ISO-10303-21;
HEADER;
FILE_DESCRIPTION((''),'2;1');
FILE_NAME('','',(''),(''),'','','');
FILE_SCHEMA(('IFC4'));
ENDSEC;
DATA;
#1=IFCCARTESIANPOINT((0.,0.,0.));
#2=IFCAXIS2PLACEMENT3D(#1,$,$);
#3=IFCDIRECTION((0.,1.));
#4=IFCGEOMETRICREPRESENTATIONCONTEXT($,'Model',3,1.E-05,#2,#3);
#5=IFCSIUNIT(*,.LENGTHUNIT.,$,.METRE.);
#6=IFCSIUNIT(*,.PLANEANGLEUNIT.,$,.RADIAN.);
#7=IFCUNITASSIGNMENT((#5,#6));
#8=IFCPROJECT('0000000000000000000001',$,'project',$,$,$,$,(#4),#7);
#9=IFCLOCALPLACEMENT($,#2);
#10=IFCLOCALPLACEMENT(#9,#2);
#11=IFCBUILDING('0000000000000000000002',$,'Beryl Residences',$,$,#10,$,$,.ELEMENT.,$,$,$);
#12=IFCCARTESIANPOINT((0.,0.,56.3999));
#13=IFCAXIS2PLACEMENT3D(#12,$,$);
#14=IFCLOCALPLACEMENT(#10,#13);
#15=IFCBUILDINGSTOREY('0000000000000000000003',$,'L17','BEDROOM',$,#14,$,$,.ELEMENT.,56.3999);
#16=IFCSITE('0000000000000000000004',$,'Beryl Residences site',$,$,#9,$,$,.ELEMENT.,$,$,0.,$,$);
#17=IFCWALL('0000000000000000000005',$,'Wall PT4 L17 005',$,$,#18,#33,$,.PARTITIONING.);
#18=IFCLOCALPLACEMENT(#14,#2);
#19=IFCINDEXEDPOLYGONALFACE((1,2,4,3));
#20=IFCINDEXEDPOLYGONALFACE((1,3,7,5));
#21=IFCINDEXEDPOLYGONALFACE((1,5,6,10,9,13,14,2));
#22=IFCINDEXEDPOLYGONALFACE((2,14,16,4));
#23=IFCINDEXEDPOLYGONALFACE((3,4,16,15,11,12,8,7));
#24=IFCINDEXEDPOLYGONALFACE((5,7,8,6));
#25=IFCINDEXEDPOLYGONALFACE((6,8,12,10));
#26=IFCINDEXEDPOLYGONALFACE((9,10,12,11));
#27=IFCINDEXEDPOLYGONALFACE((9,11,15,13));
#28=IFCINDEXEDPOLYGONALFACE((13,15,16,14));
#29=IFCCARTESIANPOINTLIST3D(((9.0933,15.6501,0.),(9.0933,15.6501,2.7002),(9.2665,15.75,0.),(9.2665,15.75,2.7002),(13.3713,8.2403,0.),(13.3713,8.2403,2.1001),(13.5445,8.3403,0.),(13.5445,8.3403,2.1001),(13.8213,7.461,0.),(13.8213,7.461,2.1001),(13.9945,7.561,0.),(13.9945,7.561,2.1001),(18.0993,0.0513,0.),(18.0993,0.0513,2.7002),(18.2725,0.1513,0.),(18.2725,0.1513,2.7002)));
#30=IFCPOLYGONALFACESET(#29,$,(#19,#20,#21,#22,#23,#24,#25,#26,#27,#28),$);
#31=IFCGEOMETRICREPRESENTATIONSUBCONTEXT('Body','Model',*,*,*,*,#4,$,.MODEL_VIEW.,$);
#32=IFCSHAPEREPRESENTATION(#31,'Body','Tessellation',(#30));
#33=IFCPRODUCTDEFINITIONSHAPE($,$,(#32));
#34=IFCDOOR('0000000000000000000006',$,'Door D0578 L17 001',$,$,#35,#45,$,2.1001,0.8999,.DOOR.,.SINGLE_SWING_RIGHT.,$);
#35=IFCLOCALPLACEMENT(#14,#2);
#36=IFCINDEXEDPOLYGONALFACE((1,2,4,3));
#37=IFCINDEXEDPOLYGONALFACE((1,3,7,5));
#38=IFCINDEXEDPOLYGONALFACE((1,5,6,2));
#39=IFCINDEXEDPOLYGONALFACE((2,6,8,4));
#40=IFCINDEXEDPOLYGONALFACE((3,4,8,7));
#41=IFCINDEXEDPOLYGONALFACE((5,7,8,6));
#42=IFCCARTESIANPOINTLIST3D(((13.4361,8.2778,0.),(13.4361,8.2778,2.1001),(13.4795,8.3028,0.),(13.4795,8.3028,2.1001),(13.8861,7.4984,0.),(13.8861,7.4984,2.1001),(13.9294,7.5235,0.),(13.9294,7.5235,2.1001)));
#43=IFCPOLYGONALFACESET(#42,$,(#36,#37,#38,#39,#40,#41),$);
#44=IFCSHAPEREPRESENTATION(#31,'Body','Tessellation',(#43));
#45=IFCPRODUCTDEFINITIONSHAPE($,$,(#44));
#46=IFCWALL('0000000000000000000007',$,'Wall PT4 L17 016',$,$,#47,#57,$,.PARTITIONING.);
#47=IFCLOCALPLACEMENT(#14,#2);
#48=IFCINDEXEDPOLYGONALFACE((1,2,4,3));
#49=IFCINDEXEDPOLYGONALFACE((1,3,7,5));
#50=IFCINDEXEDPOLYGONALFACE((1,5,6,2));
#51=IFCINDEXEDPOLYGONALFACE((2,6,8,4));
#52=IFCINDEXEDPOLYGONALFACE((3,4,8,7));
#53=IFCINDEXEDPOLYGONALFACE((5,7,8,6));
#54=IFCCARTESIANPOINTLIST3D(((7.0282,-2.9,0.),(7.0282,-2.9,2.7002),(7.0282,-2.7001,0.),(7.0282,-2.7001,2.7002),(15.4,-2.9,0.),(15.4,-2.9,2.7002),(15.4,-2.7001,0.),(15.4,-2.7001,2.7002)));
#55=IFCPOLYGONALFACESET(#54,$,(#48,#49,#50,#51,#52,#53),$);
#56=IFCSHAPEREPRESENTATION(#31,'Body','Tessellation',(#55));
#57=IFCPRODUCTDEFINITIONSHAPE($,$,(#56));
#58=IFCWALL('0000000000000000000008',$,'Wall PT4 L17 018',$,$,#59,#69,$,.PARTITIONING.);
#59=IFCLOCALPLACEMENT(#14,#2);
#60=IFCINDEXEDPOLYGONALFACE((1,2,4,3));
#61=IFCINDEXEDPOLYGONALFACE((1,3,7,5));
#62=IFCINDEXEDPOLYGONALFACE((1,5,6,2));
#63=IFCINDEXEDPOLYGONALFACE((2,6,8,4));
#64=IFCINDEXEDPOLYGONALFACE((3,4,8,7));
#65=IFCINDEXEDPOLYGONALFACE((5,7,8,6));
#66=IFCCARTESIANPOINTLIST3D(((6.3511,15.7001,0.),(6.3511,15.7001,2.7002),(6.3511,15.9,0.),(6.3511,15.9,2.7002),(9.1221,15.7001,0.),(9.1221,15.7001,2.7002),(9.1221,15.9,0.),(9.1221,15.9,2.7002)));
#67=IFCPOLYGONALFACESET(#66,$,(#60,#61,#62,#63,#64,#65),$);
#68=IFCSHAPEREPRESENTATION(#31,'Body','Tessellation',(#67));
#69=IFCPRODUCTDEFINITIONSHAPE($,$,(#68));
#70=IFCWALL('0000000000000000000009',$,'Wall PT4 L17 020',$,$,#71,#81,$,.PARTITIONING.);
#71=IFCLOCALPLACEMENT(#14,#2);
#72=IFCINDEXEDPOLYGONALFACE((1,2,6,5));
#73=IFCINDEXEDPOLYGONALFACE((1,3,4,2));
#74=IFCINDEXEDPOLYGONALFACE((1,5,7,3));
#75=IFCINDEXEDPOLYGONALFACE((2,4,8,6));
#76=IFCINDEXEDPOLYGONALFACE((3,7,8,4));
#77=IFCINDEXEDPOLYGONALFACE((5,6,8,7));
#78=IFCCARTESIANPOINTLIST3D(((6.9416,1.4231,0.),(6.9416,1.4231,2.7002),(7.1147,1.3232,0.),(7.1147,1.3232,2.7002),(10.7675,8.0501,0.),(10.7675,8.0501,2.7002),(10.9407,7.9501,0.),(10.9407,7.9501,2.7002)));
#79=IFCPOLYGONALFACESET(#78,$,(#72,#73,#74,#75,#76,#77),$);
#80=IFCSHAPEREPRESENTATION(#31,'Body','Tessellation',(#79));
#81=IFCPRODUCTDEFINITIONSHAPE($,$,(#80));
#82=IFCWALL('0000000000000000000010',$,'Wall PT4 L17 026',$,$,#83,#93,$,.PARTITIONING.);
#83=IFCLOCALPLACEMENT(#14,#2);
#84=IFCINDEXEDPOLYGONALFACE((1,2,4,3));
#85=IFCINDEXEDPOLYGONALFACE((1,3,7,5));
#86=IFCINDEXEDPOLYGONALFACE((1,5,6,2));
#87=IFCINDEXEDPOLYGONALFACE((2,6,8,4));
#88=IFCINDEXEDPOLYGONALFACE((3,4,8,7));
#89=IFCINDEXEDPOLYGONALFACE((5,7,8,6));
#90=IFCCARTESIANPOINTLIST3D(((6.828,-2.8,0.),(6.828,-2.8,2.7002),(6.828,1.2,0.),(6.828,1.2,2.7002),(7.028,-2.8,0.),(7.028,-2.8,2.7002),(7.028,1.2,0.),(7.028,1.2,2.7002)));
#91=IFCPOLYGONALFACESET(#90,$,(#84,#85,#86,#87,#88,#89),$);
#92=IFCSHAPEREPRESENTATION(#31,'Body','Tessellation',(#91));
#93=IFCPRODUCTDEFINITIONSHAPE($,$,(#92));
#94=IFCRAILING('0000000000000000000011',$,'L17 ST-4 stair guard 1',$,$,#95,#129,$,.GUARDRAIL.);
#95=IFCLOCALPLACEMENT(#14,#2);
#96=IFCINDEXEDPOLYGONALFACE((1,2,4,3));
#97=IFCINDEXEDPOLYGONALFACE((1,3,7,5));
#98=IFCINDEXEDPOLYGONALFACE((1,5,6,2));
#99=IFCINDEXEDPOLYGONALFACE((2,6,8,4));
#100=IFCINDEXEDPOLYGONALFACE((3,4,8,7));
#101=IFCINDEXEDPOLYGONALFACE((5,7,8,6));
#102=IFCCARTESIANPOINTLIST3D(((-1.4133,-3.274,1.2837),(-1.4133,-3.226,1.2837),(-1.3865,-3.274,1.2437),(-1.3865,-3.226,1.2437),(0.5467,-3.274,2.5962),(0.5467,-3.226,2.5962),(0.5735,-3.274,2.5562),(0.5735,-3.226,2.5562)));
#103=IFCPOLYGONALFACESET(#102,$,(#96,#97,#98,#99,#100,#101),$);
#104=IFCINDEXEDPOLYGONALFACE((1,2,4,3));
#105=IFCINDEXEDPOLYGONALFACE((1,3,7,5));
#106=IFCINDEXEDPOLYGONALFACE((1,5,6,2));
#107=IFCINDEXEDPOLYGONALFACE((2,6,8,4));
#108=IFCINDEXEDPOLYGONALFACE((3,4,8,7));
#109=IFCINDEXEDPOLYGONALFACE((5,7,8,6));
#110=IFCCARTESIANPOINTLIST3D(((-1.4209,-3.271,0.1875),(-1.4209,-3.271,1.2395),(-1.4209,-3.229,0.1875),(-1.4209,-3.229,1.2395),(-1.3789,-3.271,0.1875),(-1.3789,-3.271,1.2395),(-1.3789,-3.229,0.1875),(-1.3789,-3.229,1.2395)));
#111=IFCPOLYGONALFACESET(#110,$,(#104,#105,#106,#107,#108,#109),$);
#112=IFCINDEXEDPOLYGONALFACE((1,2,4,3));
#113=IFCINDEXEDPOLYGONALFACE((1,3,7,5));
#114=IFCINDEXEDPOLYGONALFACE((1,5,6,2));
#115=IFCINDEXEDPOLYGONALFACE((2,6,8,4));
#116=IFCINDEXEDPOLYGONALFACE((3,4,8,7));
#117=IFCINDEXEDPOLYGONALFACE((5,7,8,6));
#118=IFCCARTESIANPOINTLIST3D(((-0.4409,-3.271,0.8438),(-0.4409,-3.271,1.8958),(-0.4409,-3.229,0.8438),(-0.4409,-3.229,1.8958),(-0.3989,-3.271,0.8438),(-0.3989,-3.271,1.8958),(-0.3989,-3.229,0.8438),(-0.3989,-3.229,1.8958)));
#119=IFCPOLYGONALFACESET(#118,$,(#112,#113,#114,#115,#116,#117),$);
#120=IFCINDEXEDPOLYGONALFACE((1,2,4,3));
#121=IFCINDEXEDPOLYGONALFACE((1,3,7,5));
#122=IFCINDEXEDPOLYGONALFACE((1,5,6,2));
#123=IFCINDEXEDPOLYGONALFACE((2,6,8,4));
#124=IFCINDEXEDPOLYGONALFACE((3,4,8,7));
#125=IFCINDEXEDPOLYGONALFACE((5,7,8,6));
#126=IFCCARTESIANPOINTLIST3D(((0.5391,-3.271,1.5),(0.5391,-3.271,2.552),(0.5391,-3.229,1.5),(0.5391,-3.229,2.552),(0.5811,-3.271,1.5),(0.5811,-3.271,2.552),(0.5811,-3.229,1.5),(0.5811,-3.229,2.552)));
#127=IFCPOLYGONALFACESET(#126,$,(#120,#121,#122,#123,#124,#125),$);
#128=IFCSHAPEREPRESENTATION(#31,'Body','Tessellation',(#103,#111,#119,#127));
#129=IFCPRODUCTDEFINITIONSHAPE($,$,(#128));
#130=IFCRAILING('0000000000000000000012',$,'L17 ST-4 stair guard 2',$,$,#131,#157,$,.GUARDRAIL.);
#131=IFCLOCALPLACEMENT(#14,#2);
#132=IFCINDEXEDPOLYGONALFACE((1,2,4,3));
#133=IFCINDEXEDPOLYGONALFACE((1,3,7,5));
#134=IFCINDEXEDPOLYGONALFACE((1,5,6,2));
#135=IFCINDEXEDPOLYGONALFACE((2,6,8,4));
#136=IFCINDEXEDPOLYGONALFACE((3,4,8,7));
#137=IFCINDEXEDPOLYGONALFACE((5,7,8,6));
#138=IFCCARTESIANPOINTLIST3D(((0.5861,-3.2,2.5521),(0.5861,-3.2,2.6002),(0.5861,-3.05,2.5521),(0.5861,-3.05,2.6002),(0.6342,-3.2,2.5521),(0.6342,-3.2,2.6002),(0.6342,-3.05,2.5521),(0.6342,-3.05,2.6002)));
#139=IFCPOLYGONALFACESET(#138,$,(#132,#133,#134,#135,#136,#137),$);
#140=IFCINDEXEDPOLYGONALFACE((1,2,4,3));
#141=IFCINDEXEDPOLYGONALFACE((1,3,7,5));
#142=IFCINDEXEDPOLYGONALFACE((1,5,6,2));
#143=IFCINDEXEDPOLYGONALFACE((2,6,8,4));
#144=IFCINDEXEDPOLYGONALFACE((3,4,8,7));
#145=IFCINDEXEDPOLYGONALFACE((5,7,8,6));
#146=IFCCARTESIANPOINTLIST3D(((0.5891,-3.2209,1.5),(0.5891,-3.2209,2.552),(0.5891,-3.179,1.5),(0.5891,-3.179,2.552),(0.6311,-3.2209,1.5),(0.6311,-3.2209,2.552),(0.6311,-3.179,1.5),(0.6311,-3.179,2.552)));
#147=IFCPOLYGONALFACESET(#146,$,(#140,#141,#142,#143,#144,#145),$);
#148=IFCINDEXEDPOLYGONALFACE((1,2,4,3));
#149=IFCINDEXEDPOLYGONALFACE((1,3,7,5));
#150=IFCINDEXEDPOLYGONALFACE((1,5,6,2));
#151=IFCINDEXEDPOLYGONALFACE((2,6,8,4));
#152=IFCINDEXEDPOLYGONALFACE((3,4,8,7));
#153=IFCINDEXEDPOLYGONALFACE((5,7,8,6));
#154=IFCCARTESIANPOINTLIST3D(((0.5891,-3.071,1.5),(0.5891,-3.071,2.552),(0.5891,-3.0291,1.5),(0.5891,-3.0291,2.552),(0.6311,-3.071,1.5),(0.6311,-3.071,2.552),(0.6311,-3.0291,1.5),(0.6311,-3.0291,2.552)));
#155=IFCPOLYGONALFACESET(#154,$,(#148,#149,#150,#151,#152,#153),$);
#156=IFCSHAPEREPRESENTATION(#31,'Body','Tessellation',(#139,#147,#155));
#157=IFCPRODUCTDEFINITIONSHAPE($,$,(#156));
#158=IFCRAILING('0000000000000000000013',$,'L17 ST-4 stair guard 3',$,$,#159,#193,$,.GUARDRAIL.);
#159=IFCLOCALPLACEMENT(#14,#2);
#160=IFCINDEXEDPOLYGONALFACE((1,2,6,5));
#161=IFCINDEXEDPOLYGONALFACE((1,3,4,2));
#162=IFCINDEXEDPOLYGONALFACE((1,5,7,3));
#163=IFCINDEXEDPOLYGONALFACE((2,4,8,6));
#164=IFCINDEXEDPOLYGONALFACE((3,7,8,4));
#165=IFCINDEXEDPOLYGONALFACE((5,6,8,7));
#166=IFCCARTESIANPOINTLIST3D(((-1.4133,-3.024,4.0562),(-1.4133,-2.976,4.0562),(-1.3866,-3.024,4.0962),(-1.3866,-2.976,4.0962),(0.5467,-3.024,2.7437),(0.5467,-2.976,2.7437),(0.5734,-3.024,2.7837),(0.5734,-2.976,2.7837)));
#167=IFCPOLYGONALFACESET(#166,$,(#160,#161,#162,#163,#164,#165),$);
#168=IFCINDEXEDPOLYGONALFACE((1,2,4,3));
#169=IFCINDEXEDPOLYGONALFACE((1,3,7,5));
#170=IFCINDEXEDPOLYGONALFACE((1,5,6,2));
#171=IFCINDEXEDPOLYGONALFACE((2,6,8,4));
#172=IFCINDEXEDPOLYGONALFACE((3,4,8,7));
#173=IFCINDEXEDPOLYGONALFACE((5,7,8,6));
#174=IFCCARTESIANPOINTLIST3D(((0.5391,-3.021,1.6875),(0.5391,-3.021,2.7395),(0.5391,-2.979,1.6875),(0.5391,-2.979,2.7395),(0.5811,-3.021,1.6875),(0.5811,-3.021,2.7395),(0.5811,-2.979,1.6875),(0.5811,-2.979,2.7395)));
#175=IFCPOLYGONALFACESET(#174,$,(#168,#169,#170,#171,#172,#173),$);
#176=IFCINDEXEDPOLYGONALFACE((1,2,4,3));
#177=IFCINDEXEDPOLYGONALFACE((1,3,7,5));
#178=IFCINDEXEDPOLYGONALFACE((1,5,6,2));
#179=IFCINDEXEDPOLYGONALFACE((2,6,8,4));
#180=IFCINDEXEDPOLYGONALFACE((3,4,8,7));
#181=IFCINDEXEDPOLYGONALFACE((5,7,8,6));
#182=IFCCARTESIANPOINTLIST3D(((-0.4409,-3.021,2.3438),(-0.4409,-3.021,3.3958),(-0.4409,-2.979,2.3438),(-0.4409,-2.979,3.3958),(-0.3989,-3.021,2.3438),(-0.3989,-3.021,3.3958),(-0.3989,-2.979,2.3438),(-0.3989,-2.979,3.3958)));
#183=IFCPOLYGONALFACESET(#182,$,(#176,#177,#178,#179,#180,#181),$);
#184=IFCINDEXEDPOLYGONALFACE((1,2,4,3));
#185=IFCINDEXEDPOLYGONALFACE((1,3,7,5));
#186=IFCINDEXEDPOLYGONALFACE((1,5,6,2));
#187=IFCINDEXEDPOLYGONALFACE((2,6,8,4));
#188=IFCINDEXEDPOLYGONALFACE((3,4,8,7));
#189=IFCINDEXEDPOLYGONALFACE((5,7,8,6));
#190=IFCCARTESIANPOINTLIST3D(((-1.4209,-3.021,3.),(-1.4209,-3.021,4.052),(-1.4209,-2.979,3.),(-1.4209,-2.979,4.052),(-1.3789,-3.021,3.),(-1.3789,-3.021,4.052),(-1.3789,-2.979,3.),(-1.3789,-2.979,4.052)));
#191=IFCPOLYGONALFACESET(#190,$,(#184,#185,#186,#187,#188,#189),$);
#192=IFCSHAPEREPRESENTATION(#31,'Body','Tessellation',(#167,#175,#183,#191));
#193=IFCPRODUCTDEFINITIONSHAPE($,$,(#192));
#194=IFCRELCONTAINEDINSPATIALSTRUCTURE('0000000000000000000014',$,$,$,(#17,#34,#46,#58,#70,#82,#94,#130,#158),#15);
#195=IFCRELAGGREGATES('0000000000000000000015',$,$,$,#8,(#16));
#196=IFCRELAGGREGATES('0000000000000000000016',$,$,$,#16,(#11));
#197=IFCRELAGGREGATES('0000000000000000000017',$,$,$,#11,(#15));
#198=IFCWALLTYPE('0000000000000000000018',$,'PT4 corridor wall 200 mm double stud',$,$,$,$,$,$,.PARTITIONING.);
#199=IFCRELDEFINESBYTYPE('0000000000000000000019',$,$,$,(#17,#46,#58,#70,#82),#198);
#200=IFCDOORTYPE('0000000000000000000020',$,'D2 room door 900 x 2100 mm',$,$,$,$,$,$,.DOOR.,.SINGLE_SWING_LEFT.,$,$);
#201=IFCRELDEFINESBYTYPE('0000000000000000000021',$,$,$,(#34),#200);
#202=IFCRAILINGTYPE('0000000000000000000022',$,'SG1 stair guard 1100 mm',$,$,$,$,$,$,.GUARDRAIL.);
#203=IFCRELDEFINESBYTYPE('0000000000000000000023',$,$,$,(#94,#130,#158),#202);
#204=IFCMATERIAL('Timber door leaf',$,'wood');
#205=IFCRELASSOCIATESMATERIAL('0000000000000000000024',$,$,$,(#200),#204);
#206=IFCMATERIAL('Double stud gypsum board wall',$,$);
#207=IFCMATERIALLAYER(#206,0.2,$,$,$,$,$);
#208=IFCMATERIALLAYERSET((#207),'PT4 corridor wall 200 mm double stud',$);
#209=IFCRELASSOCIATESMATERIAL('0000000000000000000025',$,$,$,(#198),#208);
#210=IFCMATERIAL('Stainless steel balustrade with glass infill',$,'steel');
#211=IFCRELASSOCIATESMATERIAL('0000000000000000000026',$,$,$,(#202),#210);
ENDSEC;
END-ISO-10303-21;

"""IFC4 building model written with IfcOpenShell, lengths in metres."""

from ifc_helpers import new_model, si_unit, direction, frame, frame_2d, origin, origin_2d, place, context, subcontext, project, spatial, rectangle, extrude, material, layer, layer_set, type_object, element, fill, save


model = new_model("IFC4")

# Units and contexts
model_context = context("Model", 3, precision=1e-05, world=origin(), true_north=direction((0.0, 1.0)))
body_context = subcontext(model_context, "Body", "Model", "MODEL_VIEW")
ifc_project = project(units=[si_unit("LENGTHUNIT", "METRE"), si_unit("PLANEANGLEUNIT", "RADIAN")], contexts=[model_context])

# Site, building, storey
site_placement = place(None, origin())
site = spatial("IfcSite", under=ifc_project, at=site_placement, Name="Beryl Residences site", CompositionType="ELEMENT", RefElevation=0.0)
building_placement = place(site_placement, origin())
building = spatial("IfcBuilding", under=site, at=building_placement, Name="Beryl Residences", CompositionType="ELEMENT")
storey_placement = place(building_placement, frame((0.0, 0.0, 56.3999)))
storey = spatial("IfcBuildingStorey", under=building, at=storey_placement, Name="L17", Description="BEDROOM", CompositionType="ELEMENT", Elevation=56.3999)

# Shared definitions
ifc_material_1 = material(Name="Timber door leaf", Category="wood")
door_type_1 = type_object("IfcDoorType", Name="D2 room door 900 x 2100 mm", OperationType="SINGLE_SWING_LEFT", PredefinedType="DOOR", material=ifc_material_1)

# Shared definitions
ifc_material_2 = material(Name="Double stud gypsum board wall")
ifc_layer_1 = layer(ifc_material_2, 0.2)
ifc_layer_set_1 = layer_set([ifc_layer_1], Name="PT4 corridor wall 200 mm double stud")
wall_type_1 = type_object("IfcWallType", Name="PT4 corridor wall 200 mm double stud", PredefinedType="PARTITIONING", material=ifc_layer_set_1)

# Wall, opening, door
wall_1_placement = place(storey_placement, frame((9.1799, 15.7, 0.0), z_axis=(0.0, 0.0, 1.0), x_axis=(0.500004, -0.866023, 0.0)))
wall_1 = element("IfcWall", 1, at=wall_1_placement, inside=storey, type_object=wall_type_1, Name="Wall PT4 L17 005", PredefinedType="PARTITIONING", context=body_context, shape_type="SweptSolid", body=[
    extrude(rectangle(XDim=18.012, YDim=0.2, at=frame_2d((9.0059, 0.0))), origin(), (0.0, 0.0, 1.0), 2.7002),
])
opening_1_placement = place(wall_1_placement, frame((8.5559, 0.0, 0.0)))
opening_1 = element("IfcOpeningElement", 2, at=opening_1_placement, cuts=wall_1, PredefinedType="OPENING", context=body_context, shape_type="SweptSolid", body=[
    extrude(rectangle(XDim=0.8999, YDim=2.1001, at=frame_2d((0.45, 1.05))), frame((0.0, 0.1099, 0.0), z_axis=(0.0, -1.0, 0.0), x_axis=(1.0, 0.0, 0.0)), (0.0, 0.0, 1.0), 0.22),
])
door_1_placement = place(opening_1_placement, origin())
door_1 = element("IfcDoor", 3, at=door_1_placement, inside=storey, type_object=door_type_1, Name="Door D0578 L17 001", OperationType="SINGLE_SWING_RIGHT", OverallHeight=2.1001, OverallWidth=0.8999, PredefinedType="DOOR", context=body_context, shape_type="SweptSolid", body=[
    extrude(rectangle(XDim=0.8999, YDim=2.1001, at=frame_2d((0.45, 1.05))), frame((0.0, 0.0249, 0.0), z_axis=(0.0, -1.0, 0.0), x_axis=(1.0, 0.0, 0.0)), (0.0, 0.0, 1.0), 0.05),
])
fill(opening_1, door_1)

# Walls
wall_2_placement = place(storey_placement, frame((7.0281, -2.8, 0.0), z_axis=(0.0, 0.0, 1.0), x_axis=(1.0, 0.0, 0.0)))
element("IfcWall", 4, at=wall_2_placement, inside=storey, type_object=wall_type_1, Name="Wall PT4 L17 016", PredefinedType="PARTITIONING", context=body_context, shape_type="SweptSolid", body=[
    extrude(rectangle(XDim=8.3718, YDim=0.2, at=frame_2d((4.186, 0.0))), origin(), (0.0, 0.0, 1.0), 2.7002),
])
wall_3_placement = place(storey_placement, frame((6.3511, 15.8, 0.0), z_axis=(0.0, 0.0, 1.0), x_axis=(1.0, 0.0, 0.0)))
element("IfcWall", 5, at=wall_3_placement, inside=storey, type_object=wall_type_1, Name="Wall PT4 L17 018", PredefinedType="PARTITIONING", context=body_context, shape_type="SweptSolid", body=[
    extrude(rectangle(XDim=2.771, YDim=0.2, at=frame_2d((1.3855, 0.0))), origin(), (0.0, 0.0, 1.0), 2.7002),
])
wall_4_placement = place(storey_placement, frame((7.0281, 1.373, 0.0), z_axis=(0.0, 0.0, 1.0), x_axis=(0.499986, 0.866034, 0.0)))
element("IfcWall", 6, at=wall_4_placement, inside=storey, type_object=wall_type_1, Name="Wall PT4 L17 020", PredefinedType="PARTITIONING", context=body_context, shape_type="SweptSolid", body=[
    extrude(rectangle(XDim=7.6521, YDim=0.2, at=frame_2d((3.8262, 0.0))), origin(), (0.0, 0.0, 1.0), 2.7002),
])
wall_5_placement = place(storey_placement, frame((6.928, -2.8, 0.0), z_axis=(0.0, 0.0, 1.0), x_axis=(0.0, 1.0, 0.0)))
element("IfcWall", 7, at=wall_5_placement, inside=storey, type_object=wall_type_1, Name="Wall PT4 L17 026", PredefinedType="PARTITIONING", context=body_context, shape_type="SweptSolid", body=[
    extrude(rectangle(XDim=4.0, YDim=0.2, at=frame_2d((2.0, 0.0))), origin(), (0.0, 0.0, 1.0), 2.7002),
])

# Railings
ifc_material_3 = material(Name="Stainless steel balustrade with glass infill", Category="steel")
railing_type_1 = type_object("IfcRailingType", Name="SG1 stair guard 1100 mm", PredefinedType="GUARDRAIL", material=ifc_material_3)
railing_1_placement = place(storey_placement, frame((-1.3999, -3.25, 0.1875)))
element("IfcRailing", 8, at=railing_1_placement, inside=storey, type_object=railing_type_1, Name="L17 ST-4 stair guard 1", PredefinedType="GUARDRAIL", context=body_context, shape_type="SweptSolid", body=[
    extrude(rectangle(XDim=0.0481, YDim=0.0481, at=origin_2d()), frame((0.0, 0.0, 1.0762), z_axis=(0.830902, 0.0, 0.556419), x_axis=(0.0, 1.0, 0.0)), (0.0, 0.0, 1.0), 2.3589),
    extrude(rectangle(XDim=0.042, YDim=0.042, at=origin_2d()), origin(), (0.0, 0.0, 1.0), 1.052),
    extrude(rectangle(XDim=0.042, YDim=0.042, at=origin_2d()), frame((0.98, 0.0, 0.6562)), (0.0, 0.0, 1.0), 1.052),
    extrude(rectangle(XDim=0.042, YDim=0.042, at=origin_2d()), frame((1.96, 0.0, 1.3125)), (0.0, 0.0, 1.0), 1.052),
])
railing_2_placement = place(storey_placement, frame((0.6101, -3.2, 1.5)))
element("IfcRailing", 9, at=railing_2_placement, inside=storey, type_object=railing_type_1, Name="L17 ST-4 stair guard 2", PredefinedType="GUARDRAIL", context=body_context, shape_type="SweptSolid", body=[
    extrude(rectangle(XDim=0.0481, YDim=0.0481, at=origin_2d()), frame((0.0, 0.0, 1.0762), z_axis=(0.0, 1.0, 0.0), x_axis=(-1.0, 0.0, 0.0)), (0.0, 0.0, 1.0), 0.1499),
    extrude(rectangle(XDim=0.042, YDim=0.042, at=origin_2d()), origin(), (0.0, 0.0, 1.0), 1.052),
    extrude(rectangle(XDim=0.042, YDim=0.042, at=origin_2d()), frame((0.0, 0.1499, 0.0)), (0.0, 0.0, 1.0), 1.052),
])
railing_3_placement = place(storey_placement, frame((0.5601, -3.0, 1.6875)))
element("IfcRailing", 10, at=railing_3_placement, inside=storey, type_object=railing_type_1, Name="L17 ST-4 stair guard 3", PredefinedType="GUARDRAIL", context=body_context, shape_type="SweptSolid", body=[
    extrude(rectangle(XDim=0.0481, YDim=0.0481, at=origin_2d()), frame((0.0, 0.0, 1.0762), z_axis=(-0.830902, 0.0, 0.556419), x_axis=(0.0, -1.0, 0.0)), (0.0, 0.0, 1.0), 2.3589),
    extrude(rectangle(XDim=0.042, YDim=0.042, at=origin_2d()), origin(), (0.0, 0.0, 1.0), 1.052),
    extrude(rectangle(XDim=0.042, YDim=0.042, at=origin_2d()), frame((-0.98, 0.0, 0.6562)), (0.0, 0.0, 1.0), 1.052),
    extrude(rectangle(XDim=0.042, YDim=0.042, at=origin_2d()), frame((-1.96, 0.0, 1.3125)), (0.0, 0.0, 1.0), 1.052),
])

save(model, "model.ifc")
